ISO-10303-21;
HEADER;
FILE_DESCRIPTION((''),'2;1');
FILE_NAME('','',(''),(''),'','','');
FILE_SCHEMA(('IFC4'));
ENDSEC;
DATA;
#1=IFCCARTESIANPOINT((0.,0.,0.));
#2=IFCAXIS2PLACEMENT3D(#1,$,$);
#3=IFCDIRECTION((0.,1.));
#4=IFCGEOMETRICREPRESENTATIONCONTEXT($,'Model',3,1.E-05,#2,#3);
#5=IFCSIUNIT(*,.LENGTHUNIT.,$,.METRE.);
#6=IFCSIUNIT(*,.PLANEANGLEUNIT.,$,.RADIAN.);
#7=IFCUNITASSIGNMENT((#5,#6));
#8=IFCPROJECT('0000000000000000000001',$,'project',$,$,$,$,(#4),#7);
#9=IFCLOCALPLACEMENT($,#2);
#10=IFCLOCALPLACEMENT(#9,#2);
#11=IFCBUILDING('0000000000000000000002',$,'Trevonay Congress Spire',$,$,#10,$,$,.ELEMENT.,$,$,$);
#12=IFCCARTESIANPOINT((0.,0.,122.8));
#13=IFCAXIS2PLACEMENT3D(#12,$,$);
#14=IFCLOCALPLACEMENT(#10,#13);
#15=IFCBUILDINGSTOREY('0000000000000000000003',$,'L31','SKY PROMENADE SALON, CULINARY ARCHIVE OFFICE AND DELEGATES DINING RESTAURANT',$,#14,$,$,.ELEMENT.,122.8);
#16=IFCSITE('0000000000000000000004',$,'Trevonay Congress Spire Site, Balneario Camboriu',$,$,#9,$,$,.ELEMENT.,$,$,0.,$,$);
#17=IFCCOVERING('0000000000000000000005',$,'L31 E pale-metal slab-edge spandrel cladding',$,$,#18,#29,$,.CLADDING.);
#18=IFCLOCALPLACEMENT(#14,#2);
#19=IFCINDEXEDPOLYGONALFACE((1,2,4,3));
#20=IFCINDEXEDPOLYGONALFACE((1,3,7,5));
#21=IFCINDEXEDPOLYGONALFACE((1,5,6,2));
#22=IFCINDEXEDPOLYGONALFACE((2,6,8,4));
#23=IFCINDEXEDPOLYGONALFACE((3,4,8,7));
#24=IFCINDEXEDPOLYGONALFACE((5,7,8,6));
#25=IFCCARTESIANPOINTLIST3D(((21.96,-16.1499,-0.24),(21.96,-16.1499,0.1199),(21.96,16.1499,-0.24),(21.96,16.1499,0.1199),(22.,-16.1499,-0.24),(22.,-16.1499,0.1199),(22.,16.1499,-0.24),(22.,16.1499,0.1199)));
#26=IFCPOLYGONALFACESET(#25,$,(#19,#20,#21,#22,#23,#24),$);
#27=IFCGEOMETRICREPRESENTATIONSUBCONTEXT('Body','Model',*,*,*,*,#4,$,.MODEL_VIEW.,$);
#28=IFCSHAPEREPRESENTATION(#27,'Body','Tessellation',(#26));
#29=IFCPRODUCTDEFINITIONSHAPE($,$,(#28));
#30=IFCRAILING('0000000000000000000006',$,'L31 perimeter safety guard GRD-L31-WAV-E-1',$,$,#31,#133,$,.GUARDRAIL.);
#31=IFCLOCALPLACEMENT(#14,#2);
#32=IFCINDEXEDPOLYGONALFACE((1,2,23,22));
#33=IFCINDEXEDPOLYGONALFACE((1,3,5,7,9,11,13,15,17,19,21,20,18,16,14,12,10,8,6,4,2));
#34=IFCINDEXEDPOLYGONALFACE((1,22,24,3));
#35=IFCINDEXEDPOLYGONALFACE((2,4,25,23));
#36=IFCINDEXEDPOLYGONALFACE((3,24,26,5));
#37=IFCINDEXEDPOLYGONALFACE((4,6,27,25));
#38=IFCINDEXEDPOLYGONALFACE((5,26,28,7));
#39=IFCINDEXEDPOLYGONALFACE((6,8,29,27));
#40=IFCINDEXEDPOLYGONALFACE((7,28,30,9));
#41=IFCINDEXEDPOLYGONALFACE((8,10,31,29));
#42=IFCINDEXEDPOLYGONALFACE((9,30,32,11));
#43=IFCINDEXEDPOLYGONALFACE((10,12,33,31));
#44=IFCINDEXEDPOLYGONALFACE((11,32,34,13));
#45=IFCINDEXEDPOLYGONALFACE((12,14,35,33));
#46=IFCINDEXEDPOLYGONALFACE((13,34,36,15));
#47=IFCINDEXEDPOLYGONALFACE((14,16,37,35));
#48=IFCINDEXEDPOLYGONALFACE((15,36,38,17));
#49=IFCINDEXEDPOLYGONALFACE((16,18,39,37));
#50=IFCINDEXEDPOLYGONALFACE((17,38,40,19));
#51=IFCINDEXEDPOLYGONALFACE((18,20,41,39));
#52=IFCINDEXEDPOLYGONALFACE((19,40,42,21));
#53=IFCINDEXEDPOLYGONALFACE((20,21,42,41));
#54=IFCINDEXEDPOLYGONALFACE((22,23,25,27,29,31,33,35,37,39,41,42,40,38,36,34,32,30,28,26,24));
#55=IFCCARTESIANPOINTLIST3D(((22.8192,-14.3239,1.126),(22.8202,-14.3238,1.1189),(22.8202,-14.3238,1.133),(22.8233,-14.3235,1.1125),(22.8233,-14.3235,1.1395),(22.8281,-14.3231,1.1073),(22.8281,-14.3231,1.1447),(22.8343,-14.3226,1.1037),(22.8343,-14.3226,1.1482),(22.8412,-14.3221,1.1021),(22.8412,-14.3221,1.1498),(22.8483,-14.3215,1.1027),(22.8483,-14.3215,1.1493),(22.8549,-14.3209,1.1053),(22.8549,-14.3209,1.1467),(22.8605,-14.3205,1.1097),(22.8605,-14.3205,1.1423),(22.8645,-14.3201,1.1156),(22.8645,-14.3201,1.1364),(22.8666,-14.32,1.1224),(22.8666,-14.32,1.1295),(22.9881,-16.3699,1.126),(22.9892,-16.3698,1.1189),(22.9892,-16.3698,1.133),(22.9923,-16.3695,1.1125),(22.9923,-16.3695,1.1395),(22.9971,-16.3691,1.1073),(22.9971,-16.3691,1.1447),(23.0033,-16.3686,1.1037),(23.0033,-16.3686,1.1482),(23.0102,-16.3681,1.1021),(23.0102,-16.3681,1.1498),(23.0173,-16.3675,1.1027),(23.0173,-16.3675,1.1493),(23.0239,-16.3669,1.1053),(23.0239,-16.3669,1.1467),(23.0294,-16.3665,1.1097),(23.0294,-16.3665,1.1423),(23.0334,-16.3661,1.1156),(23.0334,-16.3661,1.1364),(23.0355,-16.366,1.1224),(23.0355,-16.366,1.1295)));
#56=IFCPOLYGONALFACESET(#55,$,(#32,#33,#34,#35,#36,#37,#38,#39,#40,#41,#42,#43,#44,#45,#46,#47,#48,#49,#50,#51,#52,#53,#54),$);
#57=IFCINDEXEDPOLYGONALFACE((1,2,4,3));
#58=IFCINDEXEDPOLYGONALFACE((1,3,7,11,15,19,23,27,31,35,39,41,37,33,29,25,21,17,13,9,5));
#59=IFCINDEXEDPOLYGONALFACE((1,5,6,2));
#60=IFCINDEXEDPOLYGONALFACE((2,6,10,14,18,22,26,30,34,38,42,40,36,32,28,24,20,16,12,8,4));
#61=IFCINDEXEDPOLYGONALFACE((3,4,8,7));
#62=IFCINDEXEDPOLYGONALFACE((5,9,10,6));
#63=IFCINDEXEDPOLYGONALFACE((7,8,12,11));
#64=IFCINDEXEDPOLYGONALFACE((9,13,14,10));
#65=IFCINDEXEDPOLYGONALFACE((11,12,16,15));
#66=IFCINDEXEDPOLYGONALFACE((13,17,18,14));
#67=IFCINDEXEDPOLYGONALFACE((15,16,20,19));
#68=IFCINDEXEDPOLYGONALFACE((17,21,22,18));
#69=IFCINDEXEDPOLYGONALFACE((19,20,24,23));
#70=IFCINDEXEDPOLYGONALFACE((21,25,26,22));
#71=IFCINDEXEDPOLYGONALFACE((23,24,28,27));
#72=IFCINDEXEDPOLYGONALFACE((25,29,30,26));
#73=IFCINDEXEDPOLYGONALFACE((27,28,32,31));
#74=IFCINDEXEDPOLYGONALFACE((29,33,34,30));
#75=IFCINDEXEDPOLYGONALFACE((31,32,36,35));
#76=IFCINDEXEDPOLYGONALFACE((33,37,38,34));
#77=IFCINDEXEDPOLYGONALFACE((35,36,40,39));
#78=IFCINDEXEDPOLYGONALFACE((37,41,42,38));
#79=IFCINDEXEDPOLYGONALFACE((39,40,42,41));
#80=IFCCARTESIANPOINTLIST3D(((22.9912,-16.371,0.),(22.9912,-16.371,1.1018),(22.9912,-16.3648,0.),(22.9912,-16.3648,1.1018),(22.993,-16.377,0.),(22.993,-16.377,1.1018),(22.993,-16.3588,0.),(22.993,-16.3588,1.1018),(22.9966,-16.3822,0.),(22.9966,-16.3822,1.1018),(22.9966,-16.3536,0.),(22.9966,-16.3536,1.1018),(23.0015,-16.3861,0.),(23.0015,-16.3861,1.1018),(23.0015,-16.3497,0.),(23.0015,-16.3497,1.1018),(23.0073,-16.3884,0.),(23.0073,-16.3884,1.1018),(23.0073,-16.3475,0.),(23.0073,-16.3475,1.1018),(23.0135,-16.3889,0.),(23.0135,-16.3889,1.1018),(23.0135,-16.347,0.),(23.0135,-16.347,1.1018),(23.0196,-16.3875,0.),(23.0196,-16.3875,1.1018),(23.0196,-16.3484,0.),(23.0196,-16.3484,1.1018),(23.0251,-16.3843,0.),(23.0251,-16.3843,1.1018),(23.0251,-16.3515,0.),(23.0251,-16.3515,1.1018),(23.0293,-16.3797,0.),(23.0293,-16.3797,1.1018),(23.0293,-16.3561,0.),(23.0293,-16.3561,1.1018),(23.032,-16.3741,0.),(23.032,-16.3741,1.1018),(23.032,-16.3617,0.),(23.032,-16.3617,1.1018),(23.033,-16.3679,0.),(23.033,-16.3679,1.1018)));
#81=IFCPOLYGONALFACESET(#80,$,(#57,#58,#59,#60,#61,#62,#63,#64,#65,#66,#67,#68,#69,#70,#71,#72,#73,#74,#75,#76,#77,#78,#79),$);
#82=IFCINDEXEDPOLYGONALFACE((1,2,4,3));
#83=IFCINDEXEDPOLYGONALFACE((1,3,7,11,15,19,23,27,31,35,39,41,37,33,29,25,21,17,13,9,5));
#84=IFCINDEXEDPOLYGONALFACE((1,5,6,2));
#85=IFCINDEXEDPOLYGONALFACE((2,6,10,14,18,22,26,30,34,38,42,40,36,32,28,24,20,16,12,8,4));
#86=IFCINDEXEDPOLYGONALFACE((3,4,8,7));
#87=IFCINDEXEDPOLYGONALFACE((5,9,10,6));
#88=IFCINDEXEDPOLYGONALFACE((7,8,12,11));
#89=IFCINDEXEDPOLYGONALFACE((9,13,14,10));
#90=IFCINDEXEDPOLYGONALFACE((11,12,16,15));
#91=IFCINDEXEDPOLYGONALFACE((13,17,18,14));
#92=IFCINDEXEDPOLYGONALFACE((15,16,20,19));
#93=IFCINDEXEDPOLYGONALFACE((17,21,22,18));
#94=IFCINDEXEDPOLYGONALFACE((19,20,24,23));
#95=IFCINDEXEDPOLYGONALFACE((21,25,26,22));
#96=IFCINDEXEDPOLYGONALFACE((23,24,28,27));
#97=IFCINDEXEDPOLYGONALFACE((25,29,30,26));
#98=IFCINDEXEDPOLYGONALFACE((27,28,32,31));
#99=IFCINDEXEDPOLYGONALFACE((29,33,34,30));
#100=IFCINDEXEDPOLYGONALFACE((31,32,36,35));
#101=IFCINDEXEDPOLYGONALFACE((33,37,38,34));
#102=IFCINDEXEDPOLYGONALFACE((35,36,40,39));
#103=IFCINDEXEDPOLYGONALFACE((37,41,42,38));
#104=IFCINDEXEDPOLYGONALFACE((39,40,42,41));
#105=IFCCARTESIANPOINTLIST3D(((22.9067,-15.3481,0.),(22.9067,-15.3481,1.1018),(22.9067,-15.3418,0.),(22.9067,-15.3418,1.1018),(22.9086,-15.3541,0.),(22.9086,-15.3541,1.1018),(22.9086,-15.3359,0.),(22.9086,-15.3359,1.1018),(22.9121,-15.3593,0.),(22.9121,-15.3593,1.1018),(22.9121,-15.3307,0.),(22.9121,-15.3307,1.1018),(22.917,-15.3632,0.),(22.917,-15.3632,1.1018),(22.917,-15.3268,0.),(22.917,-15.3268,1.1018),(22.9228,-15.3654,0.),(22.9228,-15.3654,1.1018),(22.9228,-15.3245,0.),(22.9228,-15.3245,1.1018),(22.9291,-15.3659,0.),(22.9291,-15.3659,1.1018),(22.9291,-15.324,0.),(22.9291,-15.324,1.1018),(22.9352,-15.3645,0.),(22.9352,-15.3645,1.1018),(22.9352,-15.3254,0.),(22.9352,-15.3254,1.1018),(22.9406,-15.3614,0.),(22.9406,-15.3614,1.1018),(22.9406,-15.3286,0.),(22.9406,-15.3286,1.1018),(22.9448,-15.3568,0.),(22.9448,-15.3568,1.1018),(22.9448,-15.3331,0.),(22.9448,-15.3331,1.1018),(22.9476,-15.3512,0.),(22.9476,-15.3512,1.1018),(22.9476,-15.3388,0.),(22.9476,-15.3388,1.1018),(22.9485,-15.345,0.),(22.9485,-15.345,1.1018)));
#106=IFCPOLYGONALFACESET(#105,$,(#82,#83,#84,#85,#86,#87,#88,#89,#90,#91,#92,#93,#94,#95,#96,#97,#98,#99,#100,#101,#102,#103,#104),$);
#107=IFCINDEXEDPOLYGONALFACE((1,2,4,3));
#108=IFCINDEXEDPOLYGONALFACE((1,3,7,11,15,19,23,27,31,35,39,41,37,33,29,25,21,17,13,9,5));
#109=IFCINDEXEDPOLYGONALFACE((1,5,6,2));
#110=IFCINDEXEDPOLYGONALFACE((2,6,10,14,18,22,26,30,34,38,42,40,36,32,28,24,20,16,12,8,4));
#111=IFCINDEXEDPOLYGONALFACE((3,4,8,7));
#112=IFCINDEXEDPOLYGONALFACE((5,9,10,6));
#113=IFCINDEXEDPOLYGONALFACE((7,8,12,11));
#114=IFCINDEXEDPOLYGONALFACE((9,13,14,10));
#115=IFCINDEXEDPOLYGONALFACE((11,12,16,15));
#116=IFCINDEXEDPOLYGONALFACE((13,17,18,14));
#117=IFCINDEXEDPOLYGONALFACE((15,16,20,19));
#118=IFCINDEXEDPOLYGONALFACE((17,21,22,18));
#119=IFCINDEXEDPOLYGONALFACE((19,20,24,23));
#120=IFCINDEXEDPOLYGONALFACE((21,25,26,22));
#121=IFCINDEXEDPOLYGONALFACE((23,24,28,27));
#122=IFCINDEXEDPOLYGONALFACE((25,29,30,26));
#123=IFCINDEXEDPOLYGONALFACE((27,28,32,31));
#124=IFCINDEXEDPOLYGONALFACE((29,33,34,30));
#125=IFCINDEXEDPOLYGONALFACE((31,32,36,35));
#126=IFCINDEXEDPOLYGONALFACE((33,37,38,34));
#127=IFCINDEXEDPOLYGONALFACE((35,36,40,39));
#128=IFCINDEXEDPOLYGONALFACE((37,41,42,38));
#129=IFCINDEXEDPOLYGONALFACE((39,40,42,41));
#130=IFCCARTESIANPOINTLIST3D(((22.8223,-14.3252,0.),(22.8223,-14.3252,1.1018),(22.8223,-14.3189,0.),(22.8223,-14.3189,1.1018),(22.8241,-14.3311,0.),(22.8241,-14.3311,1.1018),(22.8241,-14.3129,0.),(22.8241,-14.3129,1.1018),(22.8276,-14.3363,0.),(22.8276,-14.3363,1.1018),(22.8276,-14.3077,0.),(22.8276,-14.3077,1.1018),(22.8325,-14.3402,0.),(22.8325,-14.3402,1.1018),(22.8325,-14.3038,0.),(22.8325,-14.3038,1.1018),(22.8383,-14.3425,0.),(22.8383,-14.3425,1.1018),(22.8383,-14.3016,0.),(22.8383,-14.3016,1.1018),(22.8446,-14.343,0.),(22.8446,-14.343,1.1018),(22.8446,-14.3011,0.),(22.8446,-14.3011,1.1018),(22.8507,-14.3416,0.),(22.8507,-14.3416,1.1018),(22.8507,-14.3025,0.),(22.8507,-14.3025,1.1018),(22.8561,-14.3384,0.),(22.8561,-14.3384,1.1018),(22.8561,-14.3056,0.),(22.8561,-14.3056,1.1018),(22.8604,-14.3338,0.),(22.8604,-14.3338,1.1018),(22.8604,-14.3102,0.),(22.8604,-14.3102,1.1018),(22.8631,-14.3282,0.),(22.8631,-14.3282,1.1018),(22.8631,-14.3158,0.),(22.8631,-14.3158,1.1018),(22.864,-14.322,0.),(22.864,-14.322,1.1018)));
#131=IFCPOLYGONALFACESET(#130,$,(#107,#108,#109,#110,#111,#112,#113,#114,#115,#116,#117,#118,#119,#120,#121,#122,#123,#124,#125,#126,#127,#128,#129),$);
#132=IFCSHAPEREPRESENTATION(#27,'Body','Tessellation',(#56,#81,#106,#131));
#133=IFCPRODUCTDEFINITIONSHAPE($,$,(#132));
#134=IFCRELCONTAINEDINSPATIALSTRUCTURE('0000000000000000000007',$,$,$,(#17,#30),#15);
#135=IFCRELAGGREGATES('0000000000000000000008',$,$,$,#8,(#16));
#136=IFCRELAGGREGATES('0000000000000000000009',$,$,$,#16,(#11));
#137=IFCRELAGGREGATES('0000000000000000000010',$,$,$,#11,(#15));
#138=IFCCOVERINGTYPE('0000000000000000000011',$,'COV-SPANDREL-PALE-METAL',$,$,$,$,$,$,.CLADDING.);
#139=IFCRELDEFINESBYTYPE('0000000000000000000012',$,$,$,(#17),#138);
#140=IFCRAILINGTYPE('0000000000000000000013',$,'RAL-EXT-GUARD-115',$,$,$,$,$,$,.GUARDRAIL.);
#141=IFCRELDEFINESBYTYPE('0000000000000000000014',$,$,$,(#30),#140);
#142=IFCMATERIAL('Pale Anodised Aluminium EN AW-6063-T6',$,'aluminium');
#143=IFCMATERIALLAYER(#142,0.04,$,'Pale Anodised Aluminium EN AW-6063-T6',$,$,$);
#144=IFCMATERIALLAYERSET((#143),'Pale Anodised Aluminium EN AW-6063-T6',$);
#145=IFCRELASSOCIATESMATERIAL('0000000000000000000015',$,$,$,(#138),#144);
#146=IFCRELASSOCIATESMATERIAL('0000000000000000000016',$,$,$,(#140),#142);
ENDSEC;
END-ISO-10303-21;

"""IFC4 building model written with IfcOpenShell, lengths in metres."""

from ifc_helpers import new_model, si_unit, direction, frame, frame_2d, origin, origin_2d, place, context, subcontext, project, spatial, rectangle, circle, extrude, material, layer, layer_set, type_object, element, save


model = new_model("IFC4")

# Units and contexts
model_context = context("Model", 3, precision=1e-05, world=origin(), true_north=direction((0.0, 1.0)))
body_context = subcontext(model_context, "Body", "Model", "MODEL_VIEW")
ifc_project = project(units=[si_unit("LENGTHUNIT", "METRE"), si_unit("PLANEANGLEUNIT", "RADIAN")], contexts=[model_context])

# Site, building, storey
site_placement = place(None, origin())
site = spatial("IfcSite", under=ifc_project, at=site_placement, Name="Trevonay Congress Spire Site, Balneario Camboriu", CompositionType="ELEMENT", RefElevation=0.0)
building_placement = place(site_placement, origin())
building = spatial("IfcBuilding", under=site, at=building_placement, Name="Trevonay Congress Spire", CompositionType="ELEMENT")
storey_placement = place(building_placement, frame((0.0, 0.0, 122.8)))
storey = spatial("IfcBuildingStorey", under=building, at=storey_placement, Name="L31", Description="SKY PROMENADE SALON, CULINARY ARCHIVE OFFICE AND DELEGATES DINING RESTAURANT", CompositionType="ELEMENT", Elevation=122.8)

# Shared definitions
ifc_material_1 = material(Name="Pale Anodised Aluminium EN AW-6063-T6", Category="aluminium")

# Covering
ifc_layer_1 = layer(ifc_material_1, 0.04, Name="Pale Anodised Aluminium EN AW-6063-T6")
ifc_layer_set_1 = layer_set([ifc_layer_1], Name="Pale Anodised Aluminium EN AW-6063-T6")
covering_type = type_object("IfcCoveringType", Name="COV-SPANDREL-PALE-METAL", PredefinedType="CLADDING", material=ifc_layer_set_1)
covering_placement = place(storey_placement, frame((21.98, -16.1499, -0.24), z_axis=(0.0, 0.0, 1.0), x_axis=(0.0, 1.0, 0.0)))
element("IfcCovering", 1, at=covering_placement, inside=storey, type_object=covering_type, Name="L31 E pale-metal slab-edge spandrel cladding", PredefinedType="CLADDING", context=body_context, shape_type="SweptSolid", body=[
    extrude(rectangle(XDim=32.2998, YDim=0.04, at=frame_2d((16.1499, 0.0))), origin(), (0.0, 0.0, 1.0), 0.3599),
])

# Railing
railing_type = type_object("IfcRailingType", Name="RAL-EXT-GUARD-115", PredefinedType="GUARDRAIL", material=ifc_material_1)
railing_1_placement = place(storey_placement, frame((23.012, -16.3679, 0.0)))
element("IfcRailing", 2, at=railing_1_placement, inside=storey, type_object=railing_type, Name="L31 perimeter safety guard GRD-L31-WAV-E-1", PredefinedType="GUARDRAIL", context=body_context, shape_type="SweptSolid", body=[
    extrude(circle(Radius=0.0239, at=origin_2d()), frame((0.0, 0.0, 1.126), z_axis=(-0.082297, 0.996608, 0.0), x_axis=(-0.996608, -0.082297, 0.0)), (0.0, 0.0, 1.0), 2.053),
    extrude(circle(Radius=0.021, at=origin_2d()), origin(), (0.0, 0.0, 1.0), 1.1018),
    extrude(circle(Radius=0.021, at=origin_2d()), frame((-0.0845, 1.0229, 0.0)), (0.0, 0.0, 1.0), 1.1018),
    extrude(circle(Radius=0.021, at=origin_2d()), frame((-0.1689, 2.0459, 0.0)), (0.0, 0.0, 1.0), 1.1018),
])

save(model, "model.ifc")
